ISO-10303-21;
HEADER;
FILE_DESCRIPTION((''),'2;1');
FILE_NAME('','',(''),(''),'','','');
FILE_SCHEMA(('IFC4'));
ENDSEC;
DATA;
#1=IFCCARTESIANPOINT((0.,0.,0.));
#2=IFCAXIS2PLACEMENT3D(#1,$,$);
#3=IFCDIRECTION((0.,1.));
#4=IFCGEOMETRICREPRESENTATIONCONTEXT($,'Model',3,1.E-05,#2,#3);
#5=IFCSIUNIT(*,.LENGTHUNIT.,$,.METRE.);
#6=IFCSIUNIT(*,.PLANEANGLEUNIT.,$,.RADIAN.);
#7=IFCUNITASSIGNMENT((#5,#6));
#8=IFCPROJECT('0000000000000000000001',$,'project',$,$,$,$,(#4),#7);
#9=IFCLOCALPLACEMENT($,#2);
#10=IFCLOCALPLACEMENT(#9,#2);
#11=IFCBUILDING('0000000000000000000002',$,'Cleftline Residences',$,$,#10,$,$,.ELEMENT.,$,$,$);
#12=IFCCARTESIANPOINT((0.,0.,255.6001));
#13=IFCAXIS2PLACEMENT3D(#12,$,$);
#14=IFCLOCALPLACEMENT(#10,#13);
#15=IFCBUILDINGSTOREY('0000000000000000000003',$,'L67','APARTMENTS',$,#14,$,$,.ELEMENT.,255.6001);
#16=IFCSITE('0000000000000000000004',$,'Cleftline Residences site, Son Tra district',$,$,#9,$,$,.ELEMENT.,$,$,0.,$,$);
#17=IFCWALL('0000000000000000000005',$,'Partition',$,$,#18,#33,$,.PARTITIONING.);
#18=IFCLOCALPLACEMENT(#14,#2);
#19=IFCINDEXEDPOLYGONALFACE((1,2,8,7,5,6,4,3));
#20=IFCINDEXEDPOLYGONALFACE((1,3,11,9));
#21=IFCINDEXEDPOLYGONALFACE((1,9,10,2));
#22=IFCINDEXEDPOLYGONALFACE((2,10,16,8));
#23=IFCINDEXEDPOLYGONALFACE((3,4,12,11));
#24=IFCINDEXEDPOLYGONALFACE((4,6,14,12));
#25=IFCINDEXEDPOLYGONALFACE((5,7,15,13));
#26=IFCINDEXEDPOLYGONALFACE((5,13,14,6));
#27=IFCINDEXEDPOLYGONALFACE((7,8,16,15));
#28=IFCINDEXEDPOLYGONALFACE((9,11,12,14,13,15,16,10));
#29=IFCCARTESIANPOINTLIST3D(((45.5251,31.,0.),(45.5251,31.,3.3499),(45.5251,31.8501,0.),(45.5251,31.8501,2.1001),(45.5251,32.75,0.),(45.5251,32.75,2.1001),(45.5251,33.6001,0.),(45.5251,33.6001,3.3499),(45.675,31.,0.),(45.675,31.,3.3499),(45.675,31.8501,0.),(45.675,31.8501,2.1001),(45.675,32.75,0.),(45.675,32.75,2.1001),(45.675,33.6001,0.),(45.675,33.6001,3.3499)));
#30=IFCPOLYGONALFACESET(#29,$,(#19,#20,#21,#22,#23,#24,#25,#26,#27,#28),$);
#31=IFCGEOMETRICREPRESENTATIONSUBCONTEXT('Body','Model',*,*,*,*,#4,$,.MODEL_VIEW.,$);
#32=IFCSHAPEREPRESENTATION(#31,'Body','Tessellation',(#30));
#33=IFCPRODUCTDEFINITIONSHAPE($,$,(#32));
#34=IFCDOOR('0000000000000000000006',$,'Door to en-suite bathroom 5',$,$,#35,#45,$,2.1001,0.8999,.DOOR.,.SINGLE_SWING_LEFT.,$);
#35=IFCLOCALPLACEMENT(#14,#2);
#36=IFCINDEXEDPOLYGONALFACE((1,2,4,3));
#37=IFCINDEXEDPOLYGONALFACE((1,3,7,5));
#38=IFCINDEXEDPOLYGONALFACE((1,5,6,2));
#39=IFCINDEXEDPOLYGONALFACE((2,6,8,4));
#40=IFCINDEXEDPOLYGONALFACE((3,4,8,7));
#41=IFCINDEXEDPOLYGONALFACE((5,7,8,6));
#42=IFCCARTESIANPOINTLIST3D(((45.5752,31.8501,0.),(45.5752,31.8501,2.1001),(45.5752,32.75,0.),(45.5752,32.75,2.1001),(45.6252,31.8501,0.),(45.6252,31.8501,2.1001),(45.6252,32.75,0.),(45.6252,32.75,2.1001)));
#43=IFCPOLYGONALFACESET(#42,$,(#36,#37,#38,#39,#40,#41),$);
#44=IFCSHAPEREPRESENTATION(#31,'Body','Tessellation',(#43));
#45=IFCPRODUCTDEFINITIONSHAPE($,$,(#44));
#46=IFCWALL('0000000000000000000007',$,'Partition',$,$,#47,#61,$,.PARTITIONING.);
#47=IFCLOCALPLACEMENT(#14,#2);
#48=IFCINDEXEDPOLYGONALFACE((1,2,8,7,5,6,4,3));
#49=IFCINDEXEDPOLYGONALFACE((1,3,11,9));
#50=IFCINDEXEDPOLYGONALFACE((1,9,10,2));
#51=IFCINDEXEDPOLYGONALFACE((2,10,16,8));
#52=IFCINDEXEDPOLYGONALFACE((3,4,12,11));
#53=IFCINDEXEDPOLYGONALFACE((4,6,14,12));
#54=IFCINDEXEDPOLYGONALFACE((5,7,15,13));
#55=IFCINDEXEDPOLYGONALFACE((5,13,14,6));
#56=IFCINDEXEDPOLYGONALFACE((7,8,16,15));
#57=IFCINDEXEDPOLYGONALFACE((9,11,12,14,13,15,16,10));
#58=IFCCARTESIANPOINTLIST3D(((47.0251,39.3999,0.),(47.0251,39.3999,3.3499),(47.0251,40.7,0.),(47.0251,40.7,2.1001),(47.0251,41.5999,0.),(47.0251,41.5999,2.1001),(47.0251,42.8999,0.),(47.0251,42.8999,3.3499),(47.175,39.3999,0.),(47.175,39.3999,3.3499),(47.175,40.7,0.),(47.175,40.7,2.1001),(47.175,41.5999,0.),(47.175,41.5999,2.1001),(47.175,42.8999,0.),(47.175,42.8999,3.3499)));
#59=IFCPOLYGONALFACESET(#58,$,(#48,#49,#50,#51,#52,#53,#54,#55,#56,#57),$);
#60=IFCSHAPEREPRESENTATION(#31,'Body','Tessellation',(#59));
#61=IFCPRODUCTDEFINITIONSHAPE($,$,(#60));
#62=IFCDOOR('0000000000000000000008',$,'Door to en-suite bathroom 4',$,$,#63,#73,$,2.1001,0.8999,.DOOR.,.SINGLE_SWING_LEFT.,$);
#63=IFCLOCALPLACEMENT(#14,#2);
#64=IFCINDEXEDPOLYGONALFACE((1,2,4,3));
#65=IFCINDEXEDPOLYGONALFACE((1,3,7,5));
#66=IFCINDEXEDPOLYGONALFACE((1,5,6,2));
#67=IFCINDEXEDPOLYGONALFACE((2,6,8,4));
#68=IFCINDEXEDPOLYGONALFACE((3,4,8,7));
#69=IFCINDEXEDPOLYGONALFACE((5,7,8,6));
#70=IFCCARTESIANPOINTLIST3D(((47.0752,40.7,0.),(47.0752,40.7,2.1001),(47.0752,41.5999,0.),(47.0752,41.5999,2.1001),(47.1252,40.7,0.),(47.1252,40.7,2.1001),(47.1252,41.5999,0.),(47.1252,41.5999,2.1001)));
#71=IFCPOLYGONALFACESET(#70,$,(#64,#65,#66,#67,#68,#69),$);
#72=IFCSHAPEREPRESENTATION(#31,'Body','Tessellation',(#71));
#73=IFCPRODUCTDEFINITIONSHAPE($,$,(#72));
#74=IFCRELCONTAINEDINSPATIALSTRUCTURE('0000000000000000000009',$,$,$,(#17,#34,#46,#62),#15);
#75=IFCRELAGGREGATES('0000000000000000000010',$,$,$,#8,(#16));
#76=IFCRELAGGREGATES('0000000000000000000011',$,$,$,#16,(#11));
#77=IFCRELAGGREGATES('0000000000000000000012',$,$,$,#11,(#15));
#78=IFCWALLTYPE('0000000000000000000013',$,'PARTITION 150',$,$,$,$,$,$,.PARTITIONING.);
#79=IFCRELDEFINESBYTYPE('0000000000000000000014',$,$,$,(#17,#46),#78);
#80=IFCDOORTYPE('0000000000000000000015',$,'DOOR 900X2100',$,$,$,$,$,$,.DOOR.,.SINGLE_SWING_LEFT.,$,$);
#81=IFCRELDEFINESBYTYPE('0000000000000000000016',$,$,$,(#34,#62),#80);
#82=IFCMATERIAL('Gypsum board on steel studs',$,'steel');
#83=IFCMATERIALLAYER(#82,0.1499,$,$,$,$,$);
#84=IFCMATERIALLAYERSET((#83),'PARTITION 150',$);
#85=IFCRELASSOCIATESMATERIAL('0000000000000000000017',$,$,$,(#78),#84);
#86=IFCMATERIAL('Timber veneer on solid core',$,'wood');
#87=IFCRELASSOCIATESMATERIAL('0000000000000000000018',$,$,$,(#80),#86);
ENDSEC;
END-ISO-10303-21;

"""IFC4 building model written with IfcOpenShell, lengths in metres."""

from ifc_helpers import new_model, si_unit, direction, frame, frame_2d, origin, place, context, subcontext, project, spatial, rectangle, extrude, material, layer, layer_set, type_object, element, fill, save


model = new_model("IFC4")

# Units and contexts
model_context = context("Model", 3, precision=1e-05, world=origin(), true_north=direction((0.0, 1.0)))
body_context = subcontext(model_context, "Body", "Model", "MODEL_VIEW")
ifc_project = project(units=[si_unit("LENGTHUNIT", "METRE"), si_unit("PLANEANGLEUNIT", "RADIAN")], contexts=[model_context])

# Site, building, storey
site_placement = place(None, origin())
site = spatial("IfcSite", under=ifc_project, at=site_placement, Name="Cleftline Residences site, Son Tra district", CompositionType="ELEMENT", RefElevation=0.0)
building_placement = place(site_placement, origin())
building = spatial("IfcBuilding", under=site, at=building_placement, Name="Cleftline Residences", CompositionType="ELEMENT")
storey_placement = place(building_placement, frame((0.0, 0.0, 255.6001)))
storey = spatial("IfcBuildingStorey", under=building, at=storey_placement, Name="L67", Description="APARTMENTS", CompositionType="ELEMENT", Elevation=255.6001)

# Shared definitions
ifc_material_1 = material(Name="Gypsum board on steel studs", Category="steel")
ifc_layer_1 = layer(ifc_material_1, 0.1499)
ifc_layer_set_1 = layer_set([ifc_layer_1], Name="PARTITION 150")
wall_type = type_object("IfcWallType", Name="PARTITION 150", PredefinedType="PARTITIONING", material=ifc_layer_set_1)

# Walls, openings, doors
wall_1_placement = place(storey_placement, frame((45.6001, 31.0, 0.0), z_axis=(0.0, 0.0, 1.0), x_axis=(0.0, 1.0, 0.0)))
wall_1 = element("IfcWall", 1, at=wall_1_placement, inside=storey, type_object=wall_type, Name="Partition", PredefinedType="PARTITIONING", context=body_context, shape_type="SweptSolid", body=[
    extrude(rectangle(XDim=2.6001, YDim=0.1499, at=frame_2d((1.3, 0.0))), origin(), (0.0, 0.0, 1.0), 3.3499),
])
opening_1_placement = place(wall_1_placement, frame((0.8501, 0.0, 0.0)))
opening_1 = element("IfcOpeningElement", 2, at=opening_1_placement, cuts=wall_1, PredefinedType="OPENING", context=body_context, shape_type="SweptSolid", body=[
    extrude(rectangle(XDim=0.8999, YDim=2.1001, at=frame_2d((0.45, 1.05))), frame((0.0, 0.085, 0.0), z_axis=(0.0, -1.0, 0.0), x_axis=(1.0, 0.0, 0.0)), (0.0, 0.0, 1.0), 0.1699),
])
ifc_material_2 = material(Name="Timber veneer on solid core", Category="wood")
door_type_1 = type_object("IfcDoorType", Name="DOOR 900X2100", OperationType="SINGLE_SWING_LEFT", PredefinedType="DOOR", material=ifc_material_2)
door_1_placement = place(opening_1_placement, origin())
door_1 = element("IfcDoor", 3, at=door_1_placement, inside=storey, type_object=door_type_1, Name="Door to en-suite bathroom 5", OperationType="SINGLE_SWING_LEFT", OverallHeight=2.1001, OverallWidth=0.8999, PredefinedType="DOOR", context=body_context, shape_type="SweptSolid", body=[
    extrude(rectangle(XDim=0.8999, YDim=2.1001, at=frame_2d((0.45, 1.05))), frame((0.0, 0.0249, 0.0), z_axis=(0.0, -1.0, 0.0), x_axis=(1.0, 0.0, 0.0)), (0.0, 0.0, 1.0), 0.05),
])
fill(opening_1, door_1)
wall_2_placement = place(storey_placement, frame((47.1001, 39.3999, 0.0), z_axis=(0.0, 0.0, 1.0), x_axis=(0.0, 1.0, 0.0)))
wall_2 = element("IfcWall", 4, at=wall_2_placement, inside=storey, type_object=wall_type, Name="Partition", PredefinedType="PARTITIONING", context=body_context, shape_type="SweptSolid", body=[
    extrude(rectangle(XDim=3.5, YDim=0.1499, at=frame_2d((1.75, 0.0))), origin(), (0.0, 0.0, 1.0), 3.3499),
])
opening_2_placement = place(wall_2_placement, frame((1.3, 0.0, 0.0)))
opening_2 = element("IfcOpeningElement", 5, at=opening_2_placement, cuts=wall_2, PredefinedType="OPENING", context=body_context, shape_type="SweptSolid", body=[
    extrude(rectangle(XDim=0.8999, YDim=2.1001, at=frame_2d((0.45, 1.05))), frame((0.0, 0.085, 0.0), z_axis=(0.0, -1.0, 0.0), x_axis=(1.0, 0.0, 0.0)), (0.0, 0.0, 1.0), 0.1699),
])
door_2_placement = place(opening_2_placement, origin())
door_2 = element("IfcDoor", 6, at=door_2_placement, inside=storey, type_object=door_type_1, Name="Door to en-suite bathroom 4", OperationType="SINGLE_SWING_LEFT", OverallHeight=2.1001, OverallWidth=0.8999, PredefinedType="DOOR", context=body_context, shape_type="SweptSolid", body=[
    extrude(rectangle(XDim=0.8999, YDim=2.1001, at=frame_2d((0.45, 1.05))), frame((0.0, 0.0249, 0.0), z_axis=(0.0, -1.0, 0.0), x_axis=(1.0, 0.0, 0.0)), (0.0, 0.0, 1.0), 0.05),
])
fill(opening_2, door_2)

save(model, "model.ifc")
